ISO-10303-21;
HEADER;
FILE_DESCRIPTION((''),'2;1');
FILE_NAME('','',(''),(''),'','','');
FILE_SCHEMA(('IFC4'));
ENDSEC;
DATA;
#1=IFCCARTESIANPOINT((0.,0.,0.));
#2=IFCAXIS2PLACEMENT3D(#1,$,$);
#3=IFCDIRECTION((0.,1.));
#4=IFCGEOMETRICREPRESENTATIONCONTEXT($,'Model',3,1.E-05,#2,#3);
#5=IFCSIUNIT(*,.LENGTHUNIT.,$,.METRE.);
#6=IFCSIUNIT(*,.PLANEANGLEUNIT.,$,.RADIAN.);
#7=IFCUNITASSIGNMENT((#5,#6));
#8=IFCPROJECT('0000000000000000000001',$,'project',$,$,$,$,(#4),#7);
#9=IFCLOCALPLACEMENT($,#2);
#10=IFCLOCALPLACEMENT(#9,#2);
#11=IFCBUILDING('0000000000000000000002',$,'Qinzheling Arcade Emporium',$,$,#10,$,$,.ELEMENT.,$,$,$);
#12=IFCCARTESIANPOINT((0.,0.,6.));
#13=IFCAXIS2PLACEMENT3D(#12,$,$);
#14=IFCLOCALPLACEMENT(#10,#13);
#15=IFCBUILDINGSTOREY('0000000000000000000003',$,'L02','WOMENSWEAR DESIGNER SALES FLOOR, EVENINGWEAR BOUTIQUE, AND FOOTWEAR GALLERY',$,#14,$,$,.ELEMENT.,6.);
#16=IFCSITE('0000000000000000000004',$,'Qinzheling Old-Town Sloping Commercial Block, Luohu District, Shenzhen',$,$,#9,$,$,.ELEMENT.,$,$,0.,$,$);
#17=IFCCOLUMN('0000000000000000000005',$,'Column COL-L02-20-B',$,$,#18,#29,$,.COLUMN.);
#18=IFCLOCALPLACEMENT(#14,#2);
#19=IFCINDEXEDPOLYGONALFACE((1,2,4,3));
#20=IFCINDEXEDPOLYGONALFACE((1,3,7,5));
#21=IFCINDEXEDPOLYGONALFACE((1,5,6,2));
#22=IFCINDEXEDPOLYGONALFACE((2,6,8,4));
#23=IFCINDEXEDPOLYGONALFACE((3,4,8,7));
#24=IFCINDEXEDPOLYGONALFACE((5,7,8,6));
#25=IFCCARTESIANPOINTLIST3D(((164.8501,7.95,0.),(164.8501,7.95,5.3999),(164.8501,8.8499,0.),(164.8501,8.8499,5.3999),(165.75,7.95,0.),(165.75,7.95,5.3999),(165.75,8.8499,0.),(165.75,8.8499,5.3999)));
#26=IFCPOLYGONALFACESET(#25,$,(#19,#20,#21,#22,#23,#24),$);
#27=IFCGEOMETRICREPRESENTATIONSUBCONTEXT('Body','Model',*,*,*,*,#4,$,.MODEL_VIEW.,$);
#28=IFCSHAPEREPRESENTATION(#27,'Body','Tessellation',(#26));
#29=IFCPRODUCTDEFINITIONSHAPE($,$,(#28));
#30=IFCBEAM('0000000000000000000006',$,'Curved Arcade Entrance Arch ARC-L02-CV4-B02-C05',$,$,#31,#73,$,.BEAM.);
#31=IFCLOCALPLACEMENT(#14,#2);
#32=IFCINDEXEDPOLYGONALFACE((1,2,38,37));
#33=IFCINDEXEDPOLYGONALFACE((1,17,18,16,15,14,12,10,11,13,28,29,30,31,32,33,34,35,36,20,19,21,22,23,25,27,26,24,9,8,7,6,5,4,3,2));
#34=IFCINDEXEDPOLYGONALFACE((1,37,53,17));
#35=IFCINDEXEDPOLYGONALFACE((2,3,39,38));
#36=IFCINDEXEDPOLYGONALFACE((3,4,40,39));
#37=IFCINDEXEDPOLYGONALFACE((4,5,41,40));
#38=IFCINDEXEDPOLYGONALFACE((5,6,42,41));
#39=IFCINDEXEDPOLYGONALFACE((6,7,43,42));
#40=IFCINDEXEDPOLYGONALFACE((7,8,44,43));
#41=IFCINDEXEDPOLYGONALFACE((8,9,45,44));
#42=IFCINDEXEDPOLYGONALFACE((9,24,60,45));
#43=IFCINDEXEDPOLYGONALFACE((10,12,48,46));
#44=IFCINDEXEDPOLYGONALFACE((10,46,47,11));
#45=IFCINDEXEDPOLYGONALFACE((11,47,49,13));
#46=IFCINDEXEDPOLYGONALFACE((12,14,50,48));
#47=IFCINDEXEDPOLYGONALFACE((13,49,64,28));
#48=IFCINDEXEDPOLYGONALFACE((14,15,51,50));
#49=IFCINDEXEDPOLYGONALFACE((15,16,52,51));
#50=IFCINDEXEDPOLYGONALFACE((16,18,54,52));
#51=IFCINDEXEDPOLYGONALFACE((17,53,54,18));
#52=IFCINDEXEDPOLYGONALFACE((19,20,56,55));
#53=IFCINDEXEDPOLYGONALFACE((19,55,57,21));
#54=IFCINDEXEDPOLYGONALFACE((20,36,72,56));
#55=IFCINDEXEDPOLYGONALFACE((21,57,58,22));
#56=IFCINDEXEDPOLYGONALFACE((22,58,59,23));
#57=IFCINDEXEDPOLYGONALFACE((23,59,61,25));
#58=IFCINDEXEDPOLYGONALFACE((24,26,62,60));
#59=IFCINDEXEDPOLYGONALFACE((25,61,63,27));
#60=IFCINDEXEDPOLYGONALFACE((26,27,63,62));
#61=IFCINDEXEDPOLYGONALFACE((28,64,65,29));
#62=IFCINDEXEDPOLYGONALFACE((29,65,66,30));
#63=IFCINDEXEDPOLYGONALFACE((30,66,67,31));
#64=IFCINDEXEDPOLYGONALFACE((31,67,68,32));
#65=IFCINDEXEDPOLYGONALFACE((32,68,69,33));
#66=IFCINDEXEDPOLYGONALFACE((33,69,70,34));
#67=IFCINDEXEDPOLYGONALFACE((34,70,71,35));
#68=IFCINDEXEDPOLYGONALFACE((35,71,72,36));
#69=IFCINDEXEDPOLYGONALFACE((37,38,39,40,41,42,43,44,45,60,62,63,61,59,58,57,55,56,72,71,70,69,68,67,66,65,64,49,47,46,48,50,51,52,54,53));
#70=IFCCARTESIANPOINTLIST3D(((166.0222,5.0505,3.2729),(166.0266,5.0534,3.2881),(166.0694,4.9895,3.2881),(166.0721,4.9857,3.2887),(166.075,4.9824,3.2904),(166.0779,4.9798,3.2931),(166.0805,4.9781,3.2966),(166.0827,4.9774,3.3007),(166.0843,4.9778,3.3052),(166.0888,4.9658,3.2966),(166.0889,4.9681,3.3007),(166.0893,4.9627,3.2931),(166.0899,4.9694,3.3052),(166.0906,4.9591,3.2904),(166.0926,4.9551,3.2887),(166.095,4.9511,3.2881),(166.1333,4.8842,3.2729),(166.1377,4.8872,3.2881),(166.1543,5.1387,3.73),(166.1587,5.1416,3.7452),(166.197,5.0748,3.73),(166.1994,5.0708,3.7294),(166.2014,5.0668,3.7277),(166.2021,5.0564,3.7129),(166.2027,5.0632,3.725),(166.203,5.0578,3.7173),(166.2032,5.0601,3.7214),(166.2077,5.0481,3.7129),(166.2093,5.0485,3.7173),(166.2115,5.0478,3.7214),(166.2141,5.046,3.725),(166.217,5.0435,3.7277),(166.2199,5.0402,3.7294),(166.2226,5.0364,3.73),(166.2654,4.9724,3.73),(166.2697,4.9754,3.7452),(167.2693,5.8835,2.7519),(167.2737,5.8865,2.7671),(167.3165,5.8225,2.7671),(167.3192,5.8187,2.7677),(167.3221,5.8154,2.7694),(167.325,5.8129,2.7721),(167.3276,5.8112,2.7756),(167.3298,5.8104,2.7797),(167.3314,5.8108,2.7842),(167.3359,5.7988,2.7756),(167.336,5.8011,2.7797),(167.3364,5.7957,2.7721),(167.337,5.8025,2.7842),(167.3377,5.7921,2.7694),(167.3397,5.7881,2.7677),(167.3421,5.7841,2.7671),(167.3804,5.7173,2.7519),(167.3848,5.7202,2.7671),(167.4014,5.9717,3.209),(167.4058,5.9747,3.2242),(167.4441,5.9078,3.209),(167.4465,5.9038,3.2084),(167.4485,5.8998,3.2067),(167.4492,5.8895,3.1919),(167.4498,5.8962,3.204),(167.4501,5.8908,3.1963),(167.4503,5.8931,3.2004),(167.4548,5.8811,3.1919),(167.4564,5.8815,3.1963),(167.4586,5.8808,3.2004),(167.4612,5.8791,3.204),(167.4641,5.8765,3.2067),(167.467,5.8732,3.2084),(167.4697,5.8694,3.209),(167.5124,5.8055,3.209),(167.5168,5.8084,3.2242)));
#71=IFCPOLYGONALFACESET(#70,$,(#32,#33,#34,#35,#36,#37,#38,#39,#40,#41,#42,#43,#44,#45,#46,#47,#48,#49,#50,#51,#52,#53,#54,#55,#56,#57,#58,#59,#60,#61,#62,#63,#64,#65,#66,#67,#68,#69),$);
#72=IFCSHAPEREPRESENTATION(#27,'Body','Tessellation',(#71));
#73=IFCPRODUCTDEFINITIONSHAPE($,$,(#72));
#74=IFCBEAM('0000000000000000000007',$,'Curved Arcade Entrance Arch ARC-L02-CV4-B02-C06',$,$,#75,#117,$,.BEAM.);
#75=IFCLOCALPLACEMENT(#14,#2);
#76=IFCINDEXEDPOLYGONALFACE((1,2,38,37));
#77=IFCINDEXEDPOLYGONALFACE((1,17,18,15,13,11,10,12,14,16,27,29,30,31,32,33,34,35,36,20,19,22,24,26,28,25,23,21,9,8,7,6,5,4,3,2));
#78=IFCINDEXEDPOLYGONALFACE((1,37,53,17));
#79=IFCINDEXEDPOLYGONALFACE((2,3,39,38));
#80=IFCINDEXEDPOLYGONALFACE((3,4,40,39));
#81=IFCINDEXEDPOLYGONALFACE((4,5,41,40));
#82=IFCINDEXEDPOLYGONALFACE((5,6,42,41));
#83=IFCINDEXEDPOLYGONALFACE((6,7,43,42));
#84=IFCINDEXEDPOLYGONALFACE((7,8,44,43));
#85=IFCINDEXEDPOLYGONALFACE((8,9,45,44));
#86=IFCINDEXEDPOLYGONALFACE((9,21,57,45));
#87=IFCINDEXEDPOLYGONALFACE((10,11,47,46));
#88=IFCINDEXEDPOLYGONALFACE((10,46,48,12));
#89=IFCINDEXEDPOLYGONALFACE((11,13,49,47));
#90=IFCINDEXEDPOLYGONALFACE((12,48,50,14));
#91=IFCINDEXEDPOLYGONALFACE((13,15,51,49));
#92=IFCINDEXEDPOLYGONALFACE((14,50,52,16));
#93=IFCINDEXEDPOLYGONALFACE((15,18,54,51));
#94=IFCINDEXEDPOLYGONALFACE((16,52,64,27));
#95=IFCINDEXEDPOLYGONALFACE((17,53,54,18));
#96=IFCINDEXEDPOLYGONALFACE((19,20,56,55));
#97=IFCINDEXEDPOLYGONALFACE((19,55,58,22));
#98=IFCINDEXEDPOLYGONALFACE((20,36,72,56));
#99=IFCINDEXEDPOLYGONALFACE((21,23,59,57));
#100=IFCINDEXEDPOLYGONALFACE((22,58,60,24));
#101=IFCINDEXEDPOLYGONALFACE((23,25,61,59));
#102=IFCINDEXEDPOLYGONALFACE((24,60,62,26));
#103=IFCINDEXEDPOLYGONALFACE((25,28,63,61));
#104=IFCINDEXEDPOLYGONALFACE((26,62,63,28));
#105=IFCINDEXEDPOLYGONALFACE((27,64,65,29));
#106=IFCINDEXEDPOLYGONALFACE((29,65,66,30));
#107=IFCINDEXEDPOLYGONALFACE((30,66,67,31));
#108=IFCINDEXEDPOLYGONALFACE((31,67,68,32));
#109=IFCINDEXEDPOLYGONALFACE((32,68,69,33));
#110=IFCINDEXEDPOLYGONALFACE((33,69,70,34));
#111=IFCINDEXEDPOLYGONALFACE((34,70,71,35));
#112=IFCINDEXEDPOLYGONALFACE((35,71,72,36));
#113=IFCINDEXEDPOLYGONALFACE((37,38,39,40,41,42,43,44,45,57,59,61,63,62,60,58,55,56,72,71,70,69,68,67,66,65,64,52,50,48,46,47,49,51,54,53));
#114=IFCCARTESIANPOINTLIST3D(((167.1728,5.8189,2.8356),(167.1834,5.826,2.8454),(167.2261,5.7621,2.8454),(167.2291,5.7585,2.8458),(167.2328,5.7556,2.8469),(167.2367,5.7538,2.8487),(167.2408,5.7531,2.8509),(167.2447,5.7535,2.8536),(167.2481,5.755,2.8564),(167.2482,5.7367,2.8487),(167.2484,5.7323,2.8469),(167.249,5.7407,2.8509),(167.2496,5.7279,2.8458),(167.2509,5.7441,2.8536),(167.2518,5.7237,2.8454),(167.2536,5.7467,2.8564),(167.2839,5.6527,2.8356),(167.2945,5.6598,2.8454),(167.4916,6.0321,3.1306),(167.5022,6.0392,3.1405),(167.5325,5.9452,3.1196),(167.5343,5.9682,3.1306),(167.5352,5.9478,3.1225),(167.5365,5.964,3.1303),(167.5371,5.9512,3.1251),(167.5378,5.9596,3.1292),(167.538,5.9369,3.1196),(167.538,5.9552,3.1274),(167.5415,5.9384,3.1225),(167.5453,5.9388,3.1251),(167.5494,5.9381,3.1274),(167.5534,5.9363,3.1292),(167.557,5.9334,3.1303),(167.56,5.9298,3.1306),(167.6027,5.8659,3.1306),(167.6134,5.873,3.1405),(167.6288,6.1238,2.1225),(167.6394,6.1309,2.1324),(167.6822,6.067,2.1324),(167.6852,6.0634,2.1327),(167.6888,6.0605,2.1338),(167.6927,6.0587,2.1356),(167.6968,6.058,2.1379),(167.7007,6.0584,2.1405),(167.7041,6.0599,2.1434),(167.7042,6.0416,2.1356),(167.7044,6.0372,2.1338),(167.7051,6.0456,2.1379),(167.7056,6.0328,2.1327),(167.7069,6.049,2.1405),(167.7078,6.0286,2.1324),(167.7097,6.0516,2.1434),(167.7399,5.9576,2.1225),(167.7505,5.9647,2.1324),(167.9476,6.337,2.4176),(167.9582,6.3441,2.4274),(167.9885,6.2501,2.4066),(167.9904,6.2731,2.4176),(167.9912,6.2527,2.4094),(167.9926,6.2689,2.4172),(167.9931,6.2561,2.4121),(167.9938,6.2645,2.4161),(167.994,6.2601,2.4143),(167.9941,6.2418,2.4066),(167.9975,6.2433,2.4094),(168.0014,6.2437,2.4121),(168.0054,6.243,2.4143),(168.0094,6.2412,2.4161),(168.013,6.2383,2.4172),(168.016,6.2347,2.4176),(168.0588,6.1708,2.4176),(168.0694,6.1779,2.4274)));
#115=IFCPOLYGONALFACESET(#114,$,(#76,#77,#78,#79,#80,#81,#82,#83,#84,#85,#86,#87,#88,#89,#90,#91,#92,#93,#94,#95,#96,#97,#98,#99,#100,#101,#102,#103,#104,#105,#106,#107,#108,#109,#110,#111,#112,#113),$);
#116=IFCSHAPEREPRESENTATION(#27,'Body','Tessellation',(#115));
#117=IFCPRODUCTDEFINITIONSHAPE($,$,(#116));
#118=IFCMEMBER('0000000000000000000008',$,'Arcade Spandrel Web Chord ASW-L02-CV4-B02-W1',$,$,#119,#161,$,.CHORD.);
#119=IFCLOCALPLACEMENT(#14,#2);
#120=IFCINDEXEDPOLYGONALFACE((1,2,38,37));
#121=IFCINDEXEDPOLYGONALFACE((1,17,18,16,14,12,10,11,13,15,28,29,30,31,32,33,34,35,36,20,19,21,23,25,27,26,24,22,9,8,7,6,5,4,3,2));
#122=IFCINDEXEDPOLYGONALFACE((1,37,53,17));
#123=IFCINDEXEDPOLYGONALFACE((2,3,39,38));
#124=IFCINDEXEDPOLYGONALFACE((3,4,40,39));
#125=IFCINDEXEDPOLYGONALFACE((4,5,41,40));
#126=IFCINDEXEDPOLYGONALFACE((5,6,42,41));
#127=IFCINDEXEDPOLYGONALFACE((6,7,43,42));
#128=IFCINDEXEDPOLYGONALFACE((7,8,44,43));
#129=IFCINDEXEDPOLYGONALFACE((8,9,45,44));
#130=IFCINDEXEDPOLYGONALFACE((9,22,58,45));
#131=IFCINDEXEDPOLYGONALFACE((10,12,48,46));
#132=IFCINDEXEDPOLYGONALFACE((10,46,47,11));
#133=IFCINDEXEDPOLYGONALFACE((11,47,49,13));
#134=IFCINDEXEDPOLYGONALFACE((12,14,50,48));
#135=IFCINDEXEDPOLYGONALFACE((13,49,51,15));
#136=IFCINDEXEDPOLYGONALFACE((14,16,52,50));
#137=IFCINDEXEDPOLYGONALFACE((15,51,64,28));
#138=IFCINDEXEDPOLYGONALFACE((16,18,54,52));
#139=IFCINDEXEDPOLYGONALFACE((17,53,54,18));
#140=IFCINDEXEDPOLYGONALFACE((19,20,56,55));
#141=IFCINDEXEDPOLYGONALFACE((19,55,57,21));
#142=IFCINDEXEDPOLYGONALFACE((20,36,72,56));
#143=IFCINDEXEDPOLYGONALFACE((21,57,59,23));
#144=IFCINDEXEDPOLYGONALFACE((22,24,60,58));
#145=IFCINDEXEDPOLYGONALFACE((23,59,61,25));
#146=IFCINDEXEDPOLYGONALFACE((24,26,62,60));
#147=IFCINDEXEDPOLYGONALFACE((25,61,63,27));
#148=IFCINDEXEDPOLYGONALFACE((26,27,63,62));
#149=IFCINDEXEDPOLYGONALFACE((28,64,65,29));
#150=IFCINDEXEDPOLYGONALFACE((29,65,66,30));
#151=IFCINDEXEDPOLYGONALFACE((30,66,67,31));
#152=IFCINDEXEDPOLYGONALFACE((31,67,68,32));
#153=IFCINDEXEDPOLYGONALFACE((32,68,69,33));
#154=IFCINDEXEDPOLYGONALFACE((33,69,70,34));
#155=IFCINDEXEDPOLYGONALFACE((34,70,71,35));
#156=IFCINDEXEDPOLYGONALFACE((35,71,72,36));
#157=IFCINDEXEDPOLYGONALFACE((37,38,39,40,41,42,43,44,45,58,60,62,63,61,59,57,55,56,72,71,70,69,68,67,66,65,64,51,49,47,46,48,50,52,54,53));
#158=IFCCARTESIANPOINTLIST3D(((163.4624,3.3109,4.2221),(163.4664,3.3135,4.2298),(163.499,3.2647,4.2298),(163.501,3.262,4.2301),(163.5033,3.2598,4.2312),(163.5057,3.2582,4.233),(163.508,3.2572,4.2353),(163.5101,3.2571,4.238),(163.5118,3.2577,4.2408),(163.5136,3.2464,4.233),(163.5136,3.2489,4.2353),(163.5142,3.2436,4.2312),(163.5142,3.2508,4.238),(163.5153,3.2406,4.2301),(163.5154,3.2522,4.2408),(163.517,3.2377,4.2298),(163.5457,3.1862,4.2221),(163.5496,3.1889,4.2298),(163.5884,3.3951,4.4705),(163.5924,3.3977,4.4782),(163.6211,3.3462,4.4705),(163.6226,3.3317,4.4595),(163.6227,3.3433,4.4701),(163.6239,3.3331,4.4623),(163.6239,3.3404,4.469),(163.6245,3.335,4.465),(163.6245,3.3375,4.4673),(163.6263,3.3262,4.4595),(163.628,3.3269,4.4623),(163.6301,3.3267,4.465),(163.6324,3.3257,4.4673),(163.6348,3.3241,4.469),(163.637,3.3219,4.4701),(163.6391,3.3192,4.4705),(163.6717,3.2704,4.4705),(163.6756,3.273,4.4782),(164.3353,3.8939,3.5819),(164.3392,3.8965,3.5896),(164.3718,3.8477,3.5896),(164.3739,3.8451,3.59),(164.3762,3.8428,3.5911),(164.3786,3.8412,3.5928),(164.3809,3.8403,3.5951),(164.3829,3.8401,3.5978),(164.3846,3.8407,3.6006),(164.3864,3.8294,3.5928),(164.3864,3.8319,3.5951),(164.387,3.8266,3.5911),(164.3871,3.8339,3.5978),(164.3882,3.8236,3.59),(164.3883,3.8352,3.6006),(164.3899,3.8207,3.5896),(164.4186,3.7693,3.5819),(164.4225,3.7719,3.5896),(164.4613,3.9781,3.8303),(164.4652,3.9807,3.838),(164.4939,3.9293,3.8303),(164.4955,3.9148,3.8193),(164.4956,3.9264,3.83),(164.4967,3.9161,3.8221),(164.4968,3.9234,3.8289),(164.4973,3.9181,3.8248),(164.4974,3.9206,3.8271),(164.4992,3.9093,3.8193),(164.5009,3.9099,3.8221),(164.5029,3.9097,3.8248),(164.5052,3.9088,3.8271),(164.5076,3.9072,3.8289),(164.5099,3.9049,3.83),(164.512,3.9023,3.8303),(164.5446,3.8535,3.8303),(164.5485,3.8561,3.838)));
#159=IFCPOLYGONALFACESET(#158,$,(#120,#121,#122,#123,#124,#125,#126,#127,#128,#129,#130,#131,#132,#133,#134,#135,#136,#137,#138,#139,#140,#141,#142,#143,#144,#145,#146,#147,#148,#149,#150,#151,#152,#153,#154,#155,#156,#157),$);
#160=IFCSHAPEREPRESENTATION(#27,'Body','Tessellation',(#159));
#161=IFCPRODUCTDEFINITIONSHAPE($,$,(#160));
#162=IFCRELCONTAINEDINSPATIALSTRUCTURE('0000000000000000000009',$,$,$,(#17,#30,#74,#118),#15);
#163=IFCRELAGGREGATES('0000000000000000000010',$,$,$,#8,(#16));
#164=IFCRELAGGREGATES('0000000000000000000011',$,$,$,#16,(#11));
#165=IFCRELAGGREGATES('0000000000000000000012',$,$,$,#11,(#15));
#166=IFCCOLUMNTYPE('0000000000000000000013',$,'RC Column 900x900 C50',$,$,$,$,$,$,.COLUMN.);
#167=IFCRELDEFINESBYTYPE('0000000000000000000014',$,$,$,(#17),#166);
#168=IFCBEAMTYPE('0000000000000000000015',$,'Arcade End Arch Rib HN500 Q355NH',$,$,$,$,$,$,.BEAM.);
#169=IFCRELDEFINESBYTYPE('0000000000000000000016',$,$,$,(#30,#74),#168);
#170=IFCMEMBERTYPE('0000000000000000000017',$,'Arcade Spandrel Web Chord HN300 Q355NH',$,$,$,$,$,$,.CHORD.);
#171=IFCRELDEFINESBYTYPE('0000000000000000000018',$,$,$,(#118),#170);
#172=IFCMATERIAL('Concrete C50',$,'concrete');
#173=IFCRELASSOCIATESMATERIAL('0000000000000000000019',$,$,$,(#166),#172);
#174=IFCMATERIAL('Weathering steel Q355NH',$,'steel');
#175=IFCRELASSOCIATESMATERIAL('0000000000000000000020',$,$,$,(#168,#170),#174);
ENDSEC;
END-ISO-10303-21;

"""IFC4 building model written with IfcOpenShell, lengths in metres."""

from ifc_helpers import new_model, si_unit, direction, frame, origin, origin_2d, place, context, subcontext, project, spatial, rectangle, i_section, extrude, material, material_profile, profile_set, type_object, element, save


model = new_model("IFC4")

# Units and contexts
model_context = context("Model", 3, precision=1e-05, world=origin(), true_north=direction((0.0, 1.0)))
body_context = subcontext(model_context, "Body", "Model", "MODEL_VIEW")
ifc_project = project(units=[si_unit("LENGTHUNIT", "METRE"), si_unit("PLANEANGLEUNIT", "RADIAN")], contexts=[model_context])

# Site, building, storey
site_placement = place(None, origin())
site = spatial("IfcSite", under=ifc_project, at=site_placement, Name="Qinzheling Old-Town Sloping Commercial Block, Luohu District, Shenzhen", CompositionType="ELEMENT", RefElevation=0.0)
building_placement = place(site_placement, origin())
building = spatial("IfcBuilding", under=site, at=building_placement, Name="Qinzheling Arcade Emporium", CompositionType="ELEMENT")
storey_placement = place(building_placement, frame((0.0, 0.0, 6.0)))
storey = spatial("IfcBuildingStorey", under=building, at=storey_placement, Name="L02", Description="WOMENSWEAR DESIGNER SALES FLOOR, EVENINGWEAR BOUTIQUE, AND FOOTWEAR GALLERY", CompositionType="ELEMENT", Elevation=6.0)

# Column
ifc_material_1 = material(Name="Concrete C50", Category="concrete")
ifc_material_profile_1 = material_profile(ifc_material_1, rectangle(XDim=0.8999, YDim=0.8999, at=origin_2d()), Name="RC 900x900", Category="concrete")
ifc_profile_set_1 = profile_set([ifc_material_profile_1], Name="Concrete C50")
column_type = type_object("IfcColumnType", Name="RC Column 900x900 C50", PredefinedType="COLUMN", material=ifc_profile_set_1)
column_placement = place(storey_placement, frame((165.3, 8.3999, 0.0), z_axis=(0.0, 0.0, 1.0), x_axis=(1.0, 0.0, 0.0)))
element("IfcColumn", 1, at=column_placement, inside=storey, type_object=column_type, Name="Column COL-L02-20-B", PredefinedType="COLUMN", context=body_context, shape_type="SweptSolid", body=[
    extrude(rectangle(XDim=0.8999, YDim=0.8999, at=origin_2d()), origin(), (0.0, 0.0, 1.0), 5.3999),
])

# Beams
ifc_material_2 = material(Name="Weathering steel Q355NH", Category="steel")
ifc_material_profile_2 = material_profile(ifc_material_2, i_section(OverallWidth=0.2, OverallDepth=0.5, WebThickness=0.01, FlangeThickness=0.0161, FilletRadius=0.0181, at=origin_2d()), Name="HN 500x200x10x16", Category="steel")
ifc_profile_set_2 = profile_set([ifc_material_profile_2], Name="Weathering steel Q355NH")
beam_type_1 = type_object("IfcBeamType", Name="Arcade End Arch Rib HN500 Q355NH", PredefinedType="BEAM", material=ifc_profile_set_2)
beam_1_placement = place(storey_placement, frame((166.146, 5.0129, 3.509), z_axis=(0.785499, 0.524691, -0.328163), x_axis=(-0.555451, 0.831549, 0.0)))
element("IfcBeam", 2, at=beam_1_placement, inside=storey, type_object=beam_type_1, Name="Curved Arcade Entrance Arch ARC-L02-CV4-B02-C05", PredefinedType="BEAM", context=body_context, shape_type="SweptSolid", body=[
    extrude(i_section(OverallWidth=0.2, OverallDepth=0.5, WebThickness=0.01, FlangeThickness=0.0161, FilletRadius=0.0181, at=origin_2d()), origin(), (0.0, 0.0, 1.0), 1.5876),
])
beam_2_placement = place(storey_placement, frame((167.3931, 5.8459, 2.988), z_axis=(0.506874, 0.338911, -0.792602), x_axis=(-0.555829, 0.831296, 0.0)))
element("IfcBeam", 3, at=beam_2_placement, inside=storey, type_object=beam_type_1, Name="Curved Arcade Entrance Arch ARC-L02-CV4-B02-C06", PredefinedType="BEAM", context=body_context, shape_type="SweptSolid", body=[
    extrude(i_section(OverallWidth=0.2, OverallDepth=0.5, WebThickness=0.01, FlangeThickness=0.0161, FilletRadius=0.0181, at=origin_2d()), origin(), (0.0, 0.0, 1.0), 0.8997),
])

# Member
ifc_material_profile_3 = material_profile(ifc_material_2, i_section(OverallWidth=0.1499, OverallDepth=0.3, WebThickness=0.0066, FlangeThickness=0.009, FilletRadius=0.0129, at=origin_2d()), Name="HN 300x150x6.5x9", Category="steel")
ifc_profile_set_3 = profile_set([ifc_material_profile_3], Name="Weathering steel Q355NH")
member_type_1 = type_object("IfcMemberType", Name="Arcade Spandrel Web Chord HN300 Q355NH", PredefinedType="CHORD", material=ifc_profile_set_3)
member_1_placement = place(storey_placement, frame((164.4419, 3.875, 3.71), z_axis=(-0.709934, -0.474216, 0.520685), x_axis=(0.555451, -0.831549, 0.0)))
element("IfcMember", 4, at=member_1_placement, inside=storey, type_object=member_type_1, Name="Arcade Spandrel Web Chord ASW-L02-CV4-B02-W1", PredefinedType="CHORD", context=body_context, shape_type="SweptSolid", body=[
    extrude(i_section(OverallWidth=0.1499, OverallDepth=0.3, WebThickness=0.0066, FlangeThickness=0.009, FilletRadius=0.0129, at=origin_2d()), origin(), (0.0, 0.0, 1.0), 1.2295),
])

save(model, "model.ifc")
